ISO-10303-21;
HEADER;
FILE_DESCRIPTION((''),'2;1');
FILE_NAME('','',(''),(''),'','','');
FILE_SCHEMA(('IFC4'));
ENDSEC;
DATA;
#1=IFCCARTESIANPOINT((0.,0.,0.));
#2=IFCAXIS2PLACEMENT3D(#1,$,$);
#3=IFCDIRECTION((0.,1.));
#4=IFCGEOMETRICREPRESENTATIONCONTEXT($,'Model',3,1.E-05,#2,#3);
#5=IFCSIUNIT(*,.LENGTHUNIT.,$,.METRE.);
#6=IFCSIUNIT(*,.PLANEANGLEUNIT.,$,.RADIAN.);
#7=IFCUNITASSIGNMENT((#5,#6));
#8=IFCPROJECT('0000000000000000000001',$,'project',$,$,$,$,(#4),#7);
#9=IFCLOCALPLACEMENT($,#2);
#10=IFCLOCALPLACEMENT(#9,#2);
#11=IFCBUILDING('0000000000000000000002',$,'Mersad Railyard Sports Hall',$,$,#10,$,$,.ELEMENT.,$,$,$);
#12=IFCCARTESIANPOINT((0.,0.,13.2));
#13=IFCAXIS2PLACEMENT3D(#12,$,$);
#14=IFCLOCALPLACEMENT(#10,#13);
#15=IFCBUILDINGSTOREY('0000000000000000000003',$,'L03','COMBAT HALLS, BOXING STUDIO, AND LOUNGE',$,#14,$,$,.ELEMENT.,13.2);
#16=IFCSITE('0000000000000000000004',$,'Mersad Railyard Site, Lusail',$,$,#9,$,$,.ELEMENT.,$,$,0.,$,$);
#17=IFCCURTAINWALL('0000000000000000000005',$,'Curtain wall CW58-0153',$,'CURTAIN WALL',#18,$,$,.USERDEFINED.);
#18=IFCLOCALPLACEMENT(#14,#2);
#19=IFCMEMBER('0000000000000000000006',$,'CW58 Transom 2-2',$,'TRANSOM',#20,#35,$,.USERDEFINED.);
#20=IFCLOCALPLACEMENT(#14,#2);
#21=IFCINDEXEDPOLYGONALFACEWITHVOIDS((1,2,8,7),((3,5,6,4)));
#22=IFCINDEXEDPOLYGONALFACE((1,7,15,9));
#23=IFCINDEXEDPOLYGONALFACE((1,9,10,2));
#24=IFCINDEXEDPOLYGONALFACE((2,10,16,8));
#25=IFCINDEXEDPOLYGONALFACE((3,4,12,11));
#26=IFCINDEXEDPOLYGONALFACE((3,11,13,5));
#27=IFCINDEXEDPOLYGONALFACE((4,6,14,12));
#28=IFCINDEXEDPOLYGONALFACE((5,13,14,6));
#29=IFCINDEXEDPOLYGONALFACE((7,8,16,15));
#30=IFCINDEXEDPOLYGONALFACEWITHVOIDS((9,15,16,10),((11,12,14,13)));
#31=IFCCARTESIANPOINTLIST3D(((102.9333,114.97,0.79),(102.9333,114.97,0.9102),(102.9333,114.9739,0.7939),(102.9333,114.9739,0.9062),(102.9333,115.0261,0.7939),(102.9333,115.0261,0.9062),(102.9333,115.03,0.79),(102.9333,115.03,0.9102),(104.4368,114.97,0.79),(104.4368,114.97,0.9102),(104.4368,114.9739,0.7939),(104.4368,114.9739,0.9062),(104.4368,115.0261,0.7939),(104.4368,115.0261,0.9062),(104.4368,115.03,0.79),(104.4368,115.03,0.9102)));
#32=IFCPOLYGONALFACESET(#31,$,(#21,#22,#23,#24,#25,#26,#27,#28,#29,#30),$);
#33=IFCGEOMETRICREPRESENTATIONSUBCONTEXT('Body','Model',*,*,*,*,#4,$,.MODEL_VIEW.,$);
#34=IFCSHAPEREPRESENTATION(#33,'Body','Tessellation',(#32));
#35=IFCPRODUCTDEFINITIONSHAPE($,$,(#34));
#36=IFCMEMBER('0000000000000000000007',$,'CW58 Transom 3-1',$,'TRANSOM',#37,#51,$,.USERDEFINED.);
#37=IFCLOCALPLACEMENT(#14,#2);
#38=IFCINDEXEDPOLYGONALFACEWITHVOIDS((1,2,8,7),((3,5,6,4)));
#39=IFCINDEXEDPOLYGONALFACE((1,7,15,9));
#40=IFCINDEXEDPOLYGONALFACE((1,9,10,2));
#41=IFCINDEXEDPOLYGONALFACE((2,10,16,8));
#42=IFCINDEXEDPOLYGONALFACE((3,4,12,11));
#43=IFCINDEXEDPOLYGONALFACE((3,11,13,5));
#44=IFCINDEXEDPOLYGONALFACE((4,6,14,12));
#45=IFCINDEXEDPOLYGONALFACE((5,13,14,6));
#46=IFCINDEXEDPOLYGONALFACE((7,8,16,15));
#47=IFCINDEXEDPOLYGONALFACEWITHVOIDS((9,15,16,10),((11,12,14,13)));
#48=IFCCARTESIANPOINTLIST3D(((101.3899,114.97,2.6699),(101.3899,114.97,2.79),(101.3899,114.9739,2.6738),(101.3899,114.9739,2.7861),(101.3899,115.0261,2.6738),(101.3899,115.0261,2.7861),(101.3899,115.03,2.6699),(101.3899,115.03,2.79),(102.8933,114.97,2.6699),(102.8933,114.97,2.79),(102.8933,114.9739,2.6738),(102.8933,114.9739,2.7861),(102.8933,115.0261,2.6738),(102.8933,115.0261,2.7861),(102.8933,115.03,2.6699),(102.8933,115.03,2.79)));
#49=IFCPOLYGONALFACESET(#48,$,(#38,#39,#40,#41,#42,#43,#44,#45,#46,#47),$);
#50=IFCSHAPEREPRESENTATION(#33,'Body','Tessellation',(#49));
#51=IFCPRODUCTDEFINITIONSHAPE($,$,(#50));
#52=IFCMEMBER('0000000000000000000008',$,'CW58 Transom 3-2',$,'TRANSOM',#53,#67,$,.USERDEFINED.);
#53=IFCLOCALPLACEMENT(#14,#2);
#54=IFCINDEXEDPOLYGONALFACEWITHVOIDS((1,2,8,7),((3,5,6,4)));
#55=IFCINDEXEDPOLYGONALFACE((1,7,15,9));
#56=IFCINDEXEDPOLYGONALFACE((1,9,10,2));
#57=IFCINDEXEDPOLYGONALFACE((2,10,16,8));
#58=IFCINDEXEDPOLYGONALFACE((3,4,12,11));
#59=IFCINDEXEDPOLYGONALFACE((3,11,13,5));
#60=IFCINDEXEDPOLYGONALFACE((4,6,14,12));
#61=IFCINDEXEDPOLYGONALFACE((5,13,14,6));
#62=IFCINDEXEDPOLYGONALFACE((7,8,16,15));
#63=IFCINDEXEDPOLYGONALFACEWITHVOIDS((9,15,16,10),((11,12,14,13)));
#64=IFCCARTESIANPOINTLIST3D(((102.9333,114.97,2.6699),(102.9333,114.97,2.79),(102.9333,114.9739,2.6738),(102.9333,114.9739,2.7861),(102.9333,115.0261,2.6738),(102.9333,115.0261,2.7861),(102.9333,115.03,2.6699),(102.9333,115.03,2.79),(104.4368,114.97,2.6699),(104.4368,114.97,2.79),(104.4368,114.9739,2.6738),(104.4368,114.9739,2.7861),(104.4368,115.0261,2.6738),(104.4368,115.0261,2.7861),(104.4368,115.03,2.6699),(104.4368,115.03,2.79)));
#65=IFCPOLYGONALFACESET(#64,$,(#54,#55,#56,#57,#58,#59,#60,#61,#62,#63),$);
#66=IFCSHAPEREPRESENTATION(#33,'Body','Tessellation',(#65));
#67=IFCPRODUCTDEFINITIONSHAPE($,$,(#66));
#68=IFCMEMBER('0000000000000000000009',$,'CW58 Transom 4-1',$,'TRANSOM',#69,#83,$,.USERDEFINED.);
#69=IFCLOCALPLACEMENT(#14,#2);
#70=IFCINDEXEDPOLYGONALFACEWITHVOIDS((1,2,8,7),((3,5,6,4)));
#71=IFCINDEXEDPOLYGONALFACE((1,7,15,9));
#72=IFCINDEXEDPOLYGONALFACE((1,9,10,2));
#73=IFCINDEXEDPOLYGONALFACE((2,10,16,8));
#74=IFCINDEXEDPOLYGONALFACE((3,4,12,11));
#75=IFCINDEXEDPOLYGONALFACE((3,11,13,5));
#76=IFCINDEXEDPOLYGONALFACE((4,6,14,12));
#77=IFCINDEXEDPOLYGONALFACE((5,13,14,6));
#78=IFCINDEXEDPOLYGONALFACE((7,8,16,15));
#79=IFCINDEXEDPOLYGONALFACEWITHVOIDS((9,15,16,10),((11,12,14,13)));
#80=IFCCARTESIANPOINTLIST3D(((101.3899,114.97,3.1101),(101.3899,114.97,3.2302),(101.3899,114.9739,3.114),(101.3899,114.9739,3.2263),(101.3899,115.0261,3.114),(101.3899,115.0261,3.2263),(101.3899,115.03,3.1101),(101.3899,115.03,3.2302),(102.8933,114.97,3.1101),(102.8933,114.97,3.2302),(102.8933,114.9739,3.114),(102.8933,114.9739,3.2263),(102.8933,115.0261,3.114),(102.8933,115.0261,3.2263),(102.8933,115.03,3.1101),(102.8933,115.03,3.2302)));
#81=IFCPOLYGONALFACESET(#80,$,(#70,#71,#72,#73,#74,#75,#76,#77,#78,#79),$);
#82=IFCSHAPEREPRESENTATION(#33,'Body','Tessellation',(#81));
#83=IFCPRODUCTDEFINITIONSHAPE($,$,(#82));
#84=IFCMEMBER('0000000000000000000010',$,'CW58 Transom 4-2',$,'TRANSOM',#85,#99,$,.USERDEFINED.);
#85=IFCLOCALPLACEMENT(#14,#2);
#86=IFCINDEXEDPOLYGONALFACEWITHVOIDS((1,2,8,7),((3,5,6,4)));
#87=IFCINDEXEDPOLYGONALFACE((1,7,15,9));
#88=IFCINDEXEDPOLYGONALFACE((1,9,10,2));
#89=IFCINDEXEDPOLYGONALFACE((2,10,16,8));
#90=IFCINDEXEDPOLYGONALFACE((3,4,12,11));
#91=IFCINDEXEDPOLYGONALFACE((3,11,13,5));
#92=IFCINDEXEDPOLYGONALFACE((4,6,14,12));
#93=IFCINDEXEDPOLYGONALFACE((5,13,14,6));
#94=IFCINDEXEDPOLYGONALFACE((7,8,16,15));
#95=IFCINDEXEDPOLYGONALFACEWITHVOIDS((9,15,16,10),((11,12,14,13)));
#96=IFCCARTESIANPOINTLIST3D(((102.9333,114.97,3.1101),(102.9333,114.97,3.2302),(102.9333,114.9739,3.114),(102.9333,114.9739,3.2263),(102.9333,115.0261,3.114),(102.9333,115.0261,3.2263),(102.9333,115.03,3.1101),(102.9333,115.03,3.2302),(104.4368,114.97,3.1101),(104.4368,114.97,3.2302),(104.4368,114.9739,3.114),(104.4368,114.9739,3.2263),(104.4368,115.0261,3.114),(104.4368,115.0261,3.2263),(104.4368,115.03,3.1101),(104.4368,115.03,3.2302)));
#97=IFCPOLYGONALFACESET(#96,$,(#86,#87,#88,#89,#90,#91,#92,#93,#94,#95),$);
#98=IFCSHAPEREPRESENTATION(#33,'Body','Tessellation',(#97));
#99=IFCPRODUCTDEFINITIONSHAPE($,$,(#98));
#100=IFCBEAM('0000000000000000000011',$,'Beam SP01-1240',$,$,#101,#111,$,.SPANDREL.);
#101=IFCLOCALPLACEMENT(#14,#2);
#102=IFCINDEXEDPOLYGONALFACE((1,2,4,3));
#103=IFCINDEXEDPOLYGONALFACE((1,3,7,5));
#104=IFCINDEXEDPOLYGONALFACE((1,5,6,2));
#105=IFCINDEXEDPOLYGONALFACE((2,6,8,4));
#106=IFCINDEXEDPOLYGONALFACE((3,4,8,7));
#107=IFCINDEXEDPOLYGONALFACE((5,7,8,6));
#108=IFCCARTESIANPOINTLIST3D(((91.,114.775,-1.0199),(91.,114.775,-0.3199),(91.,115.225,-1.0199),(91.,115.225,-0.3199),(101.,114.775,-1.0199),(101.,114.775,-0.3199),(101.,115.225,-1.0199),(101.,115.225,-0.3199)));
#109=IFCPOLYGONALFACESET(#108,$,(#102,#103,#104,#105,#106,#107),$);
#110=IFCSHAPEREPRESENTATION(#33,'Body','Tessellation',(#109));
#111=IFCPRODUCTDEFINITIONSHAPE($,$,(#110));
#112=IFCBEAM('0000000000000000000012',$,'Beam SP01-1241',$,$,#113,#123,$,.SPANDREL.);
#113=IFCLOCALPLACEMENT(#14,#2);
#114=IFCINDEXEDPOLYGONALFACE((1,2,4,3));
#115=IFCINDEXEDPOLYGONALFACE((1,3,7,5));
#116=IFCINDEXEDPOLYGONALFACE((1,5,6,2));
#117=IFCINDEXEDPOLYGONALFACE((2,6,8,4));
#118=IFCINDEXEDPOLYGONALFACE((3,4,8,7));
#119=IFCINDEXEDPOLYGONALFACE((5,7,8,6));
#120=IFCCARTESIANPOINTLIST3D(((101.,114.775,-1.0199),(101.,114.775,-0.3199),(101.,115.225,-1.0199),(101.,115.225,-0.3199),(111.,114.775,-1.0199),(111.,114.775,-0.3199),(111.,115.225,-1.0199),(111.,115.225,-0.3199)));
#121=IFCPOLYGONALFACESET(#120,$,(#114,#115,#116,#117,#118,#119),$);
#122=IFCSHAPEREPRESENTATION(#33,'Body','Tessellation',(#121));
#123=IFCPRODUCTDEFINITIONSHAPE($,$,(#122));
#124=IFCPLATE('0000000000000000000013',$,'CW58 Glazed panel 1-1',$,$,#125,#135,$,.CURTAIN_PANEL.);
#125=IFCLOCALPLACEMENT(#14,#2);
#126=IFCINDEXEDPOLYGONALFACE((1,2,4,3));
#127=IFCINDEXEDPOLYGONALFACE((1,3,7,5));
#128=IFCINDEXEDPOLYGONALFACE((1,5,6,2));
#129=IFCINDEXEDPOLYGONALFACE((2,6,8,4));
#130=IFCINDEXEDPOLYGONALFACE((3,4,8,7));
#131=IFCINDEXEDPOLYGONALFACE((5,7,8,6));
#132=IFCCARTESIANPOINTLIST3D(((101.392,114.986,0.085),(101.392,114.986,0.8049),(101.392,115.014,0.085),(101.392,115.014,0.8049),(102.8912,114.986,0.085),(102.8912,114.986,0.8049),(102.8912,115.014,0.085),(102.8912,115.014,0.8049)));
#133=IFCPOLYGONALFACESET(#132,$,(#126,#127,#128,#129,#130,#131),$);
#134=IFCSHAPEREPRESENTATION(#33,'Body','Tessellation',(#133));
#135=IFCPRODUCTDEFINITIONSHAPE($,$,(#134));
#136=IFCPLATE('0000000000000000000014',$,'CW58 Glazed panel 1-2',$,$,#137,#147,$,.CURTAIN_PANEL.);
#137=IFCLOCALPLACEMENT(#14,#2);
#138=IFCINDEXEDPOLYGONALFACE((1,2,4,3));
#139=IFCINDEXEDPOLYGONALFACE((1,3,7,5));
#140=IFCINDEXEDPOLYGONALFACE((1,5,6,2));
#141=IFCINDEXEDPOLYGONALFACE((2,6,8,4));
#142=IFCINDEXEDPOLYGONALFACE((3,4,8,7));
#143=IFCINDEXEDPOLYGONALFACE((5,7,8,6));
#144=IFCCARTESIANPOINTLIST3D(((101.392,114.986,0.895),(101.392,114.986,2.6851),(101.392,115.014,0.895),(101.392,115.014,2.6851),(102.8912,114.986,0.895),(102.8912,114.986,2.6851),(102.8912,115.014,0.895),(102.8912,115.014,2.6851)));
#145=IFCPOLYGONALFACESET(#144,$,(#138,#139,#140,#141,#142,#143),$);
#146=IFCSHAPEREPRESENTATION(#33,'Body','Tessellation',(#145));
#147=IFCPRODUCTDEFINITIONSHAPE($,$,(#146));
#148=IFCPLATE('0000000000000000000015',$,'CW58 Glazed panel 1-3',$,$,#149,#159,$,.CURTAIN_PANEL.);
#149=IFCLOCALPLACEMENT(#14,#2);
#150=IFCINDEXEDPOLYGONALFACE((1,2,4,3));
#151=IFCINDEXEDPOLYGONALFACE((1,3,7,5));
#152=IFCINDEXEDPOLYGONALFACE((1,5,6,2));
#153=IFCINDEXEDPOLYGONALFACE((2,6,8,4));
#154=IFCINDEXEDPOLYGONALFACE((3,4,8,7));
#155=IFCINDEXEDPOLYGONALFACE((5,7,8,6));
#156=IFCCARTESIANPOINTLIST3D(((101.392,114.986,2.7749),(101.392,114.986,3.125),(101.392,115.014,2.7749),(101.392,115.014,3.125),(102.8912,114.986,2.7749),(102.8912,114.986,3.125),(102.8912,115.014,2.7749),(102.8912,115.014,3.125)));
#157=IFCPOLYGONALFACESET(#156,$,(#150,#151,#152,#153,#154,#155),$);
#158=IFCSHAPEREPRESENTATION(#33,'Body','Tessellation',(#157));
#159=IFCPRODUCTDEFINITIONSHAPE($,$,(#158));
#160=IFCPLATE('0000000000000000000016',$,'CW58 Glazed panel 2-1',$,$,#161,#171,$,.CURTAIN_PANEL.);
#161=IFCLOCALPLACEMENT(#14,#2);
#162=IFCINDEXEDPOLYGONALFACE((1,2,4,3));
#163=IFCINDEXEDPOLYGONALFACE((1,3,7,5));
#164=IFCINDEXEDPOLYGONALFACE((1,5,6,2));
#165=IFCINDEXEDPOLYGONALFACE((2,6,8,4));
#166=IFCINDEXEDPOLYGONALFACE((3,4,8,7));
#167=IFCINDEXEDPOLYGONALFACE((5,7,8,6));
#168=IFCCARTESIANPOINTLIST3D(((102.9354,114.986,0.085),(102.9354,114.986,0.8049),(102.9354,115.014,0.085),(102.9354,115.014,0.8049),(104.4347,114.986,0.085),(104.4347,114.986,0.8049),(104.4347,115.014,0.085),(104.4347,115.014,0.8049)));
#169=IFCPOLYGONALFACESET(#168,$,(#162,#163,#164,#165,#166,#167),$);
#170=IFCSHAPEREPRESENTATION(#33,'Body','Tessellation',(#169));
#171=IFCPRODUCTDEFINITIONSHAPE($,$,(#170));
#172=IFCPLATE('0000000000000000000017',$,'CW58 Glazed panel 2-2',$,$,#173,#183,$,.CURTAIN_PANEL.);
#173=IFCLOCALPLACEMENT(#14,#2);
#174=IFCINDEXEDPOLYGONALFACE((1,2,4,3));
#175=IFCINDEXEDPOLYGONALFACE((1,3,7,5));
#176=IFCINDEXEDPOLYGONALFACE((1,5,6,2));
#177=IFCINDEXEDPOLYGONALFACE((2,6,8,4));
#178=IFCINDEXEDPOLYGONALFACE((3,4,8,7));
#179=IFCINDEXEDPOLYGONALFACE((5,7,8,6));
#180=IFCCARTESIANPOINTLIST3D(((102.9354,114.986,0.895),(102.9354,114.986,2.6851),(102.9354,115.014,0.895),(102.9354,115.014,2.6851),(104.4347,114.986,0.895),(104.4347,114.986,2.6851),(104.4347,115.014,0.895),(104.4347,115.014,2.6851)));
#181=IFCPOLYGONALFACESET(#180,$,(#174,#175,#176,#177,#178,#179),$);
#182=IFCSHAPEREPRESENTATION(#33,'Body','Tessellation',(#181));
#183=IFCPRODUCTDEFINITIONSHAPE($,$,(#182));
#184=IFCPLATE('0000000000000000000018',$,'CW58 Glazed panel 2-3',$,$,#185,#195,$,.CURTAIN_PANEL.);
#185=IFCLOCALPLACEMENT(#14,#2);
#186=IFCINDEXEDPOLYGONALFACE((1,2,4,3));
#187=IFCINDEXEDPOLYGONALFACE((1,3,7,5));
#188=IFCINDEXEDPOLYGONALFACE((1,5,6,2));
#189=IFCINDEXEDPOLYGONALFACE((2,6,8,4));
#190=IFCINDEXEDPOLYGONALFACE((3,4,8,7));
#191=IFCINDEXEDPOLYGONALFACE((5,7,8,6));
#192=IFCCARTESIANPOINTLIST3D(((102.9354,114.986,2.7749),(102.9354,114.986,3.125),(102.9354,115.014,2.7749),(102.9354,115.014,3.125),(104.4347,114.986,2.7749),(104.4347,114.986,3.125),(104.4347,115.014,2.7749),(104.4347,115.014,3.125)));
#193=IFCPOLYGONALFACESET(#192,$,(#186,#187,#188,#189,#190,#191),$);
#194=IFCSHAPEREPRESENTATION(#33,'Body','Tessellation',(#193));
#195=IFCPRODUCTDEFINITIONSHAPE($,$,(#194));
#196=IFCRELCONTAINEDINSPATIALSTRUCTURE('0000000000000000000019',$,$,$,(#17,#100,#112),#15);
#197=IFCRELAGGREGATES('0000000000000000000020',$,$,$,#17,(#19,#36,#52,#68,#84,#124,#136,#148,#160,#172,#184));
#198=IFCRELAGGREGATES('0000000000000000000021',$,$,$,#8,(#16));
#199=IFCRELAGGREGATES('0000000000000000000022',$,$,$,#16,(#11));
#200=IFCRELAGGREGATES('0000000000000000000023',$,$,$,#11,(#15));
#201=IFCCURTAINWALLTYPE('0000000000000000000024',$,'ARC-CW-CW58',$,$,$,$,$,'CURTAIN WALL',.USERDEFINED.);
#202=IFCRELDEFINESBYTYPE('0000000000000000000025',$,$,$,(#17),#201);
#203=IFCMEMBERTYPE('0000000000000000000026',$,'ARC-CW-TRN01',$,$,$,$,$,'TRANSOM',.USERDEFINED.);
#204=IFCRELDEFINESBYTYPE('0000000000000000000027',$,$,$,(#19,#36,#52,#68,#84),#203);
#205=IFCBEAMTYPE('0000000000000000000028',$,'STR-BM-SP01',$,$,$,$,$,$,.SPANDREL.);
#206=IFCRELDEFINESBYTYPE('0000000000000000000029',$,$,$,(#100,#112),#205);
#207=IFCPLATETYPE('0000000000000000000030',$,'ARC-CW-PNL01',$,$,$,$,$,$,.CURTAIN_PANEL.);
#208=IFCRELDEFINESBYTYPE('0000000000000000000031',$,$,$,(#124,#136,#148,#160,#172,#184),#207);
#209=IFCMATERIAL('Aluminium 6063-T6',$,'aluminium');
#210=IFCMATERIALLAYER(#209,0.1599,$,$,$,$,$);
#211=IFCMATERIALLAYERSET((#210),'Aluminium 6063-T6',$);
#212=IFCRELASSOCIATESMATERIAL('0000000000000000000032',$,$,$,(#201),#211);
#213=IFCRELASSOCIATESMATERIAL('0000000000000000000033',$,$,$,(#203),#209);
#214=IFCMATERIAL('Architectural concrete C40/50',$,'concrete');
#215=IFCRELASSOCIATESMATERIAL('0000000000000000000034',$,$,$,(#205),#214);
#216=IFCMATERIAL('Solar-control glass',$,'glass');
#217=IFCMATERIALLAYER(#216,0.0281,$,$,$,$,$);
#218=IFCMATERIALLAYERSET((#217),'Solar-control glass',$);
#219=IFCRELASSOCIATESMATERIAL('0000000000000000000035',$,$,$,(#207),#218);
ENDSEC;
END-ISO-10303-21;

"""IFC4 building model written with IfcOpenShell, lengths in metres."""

from ifc_helpers import new_model, si_unit, direction, frame, origin, origin_2d, place, context, subcontext, project, spatial, rectangle, hollow_rectangle, extrude, material, layer, layer_set, material_profile, profile_set, type_object, element, aggregate, save


model = new_model("IFC4")

# Units and contexts
model_context = context("Model", 3, precision=1e-05, world=origin(), true_north=direction((0.0, 1.0)))
body_context = subcontext(model_context, "Body", "Model", "MODEL_VIEW")
ifc_project = project(units=[si_unit("LENGTHUNIT", "METRE"), si_unit("PLANEANGLEUNIT", "RADIAN")], contexts=[model_context])

# Site, building, storey
site_placement = place(None, origin())
site = spatial("IfcSite", under=ifc_project, at=site_placement, Name="Mersad Railyard Site, Lusail", CompositionType="ELEMENT", RefElevation=0.0)
building_placement = place(site_placement, origin())
building = spatial("IfcBuilding", under=site, at=building_placement, Name="Mersad Railyard Sports Hall", CompositionType="ELEMENT")
storey_placement = place(building_placement, frame((0.0, 0.0, 13.2)))
storey = spatial("IfcBuildingStorey", under=building, at=storey_placement, Name="L03", Description="COMBAT HALLS, BOXING STUDIO, AND LOUNGE", CompositionType="ELEMENT", Elevation=13.2)

# Shared definitions
ifc_material_1 = material(Name="Architectural concrete C40/50", Category="concrete")

# Curtain wall, members
ifc_material_2 = material(Name="Aluminium 6063-T6", Category="aluminium")
ifc_layer_1 = layer(ifc_material_2, 0.1599)
ifc_layer_set_1 = layer_set([ifc_layer_1], Name="Aluminium 6063-T6")
curtain_wall_type = type_object("IfcCurtainWallType", Name="ARC-CW-CW58", ElementType="CURTAIN WALL", PredefinedType="USERDEFINED", material=ifc_layer_set_1)
curtain_wall_placement = place(storey_placement, origin())
curtain_wall = element("IfcCurtainWall", 1, at=curtain_wall_placement, inside=storey, type_object=curtain_wall_type, Name="Curtain wall CW58-0153", ObjectType="CURTAIN WALL", PredefinedType="USERDEFINED")
ifc_material_profile_1 = material_profile(ifc_material_2, hollow_rectangle(XDim=0.0601, YDim=0.1201, WallThickness=0.0039, at=origin_2d()), Name="AL TRANSOM 60x120x4")
ifc_profile_set_1 = profile_set([ifc_material_profile_1], Name="Aluminium 6063-T6")
member_type_1 = type_object("IfcMemberType", Name="ARC-CW-TRN01", ElementType="TRANSOM", PredefinedType="USERDEFINED", material=ifc_profile_set_1)
member_1_placement = place(storey_placement, frame((102.9333, 115.0, 0.8501), z_axis=(1.0, 0.0, 0.0), x_axis=(0.0, 1.0, 0.0)))
member_1 = element("IfcMember", 2, at=member_1_placement, type_object=member_type_1, Name="CW58 Transom 2-2", ObjectType="TRANSOM", PredefinedType="USERDEFINED", context=body_context, shape_type="SweptSolid", body=[
    extrude(hollow_rectangle(XDim=0.0601, YDim=0.1201, WallThickness=0.0039, at=origin_2d()), origin(), (0.0, 0.0, 1.0), 1.5034),
])
member_2_placement = place(storey_placement, frame((101.3899, 115.0, 2.73), z_axis=(1.0, 0.0, 0.0), x_axis=(0.0, 1.0, 0.0)))
member_2 = element("IfcMember", 3, at=member_2_placement, type_object=member_type_1, Name="CW58 Transom 3-1", ObjectType="TRANSOM", PredefinedType="USERDEFINED", context=body_context, shape_type="SweptSolid", body=[
    extrude(hollow_rectangle(XDim=0.0601, YDim=0.1201, WallThickness=0.0039, at=origin_2d()), origin(), (0.0, 0.0, 1.0), 1.5034),
])
member_3_placement = place(storey_placement, frame((102.9333, 115.0, 2.73), z_axis=(1.0, 0.0, 0.0), x_axis=(0.0, 1.0, 0.0)))
member_3 = element("IfcMember", 4, at=member_3_placement, type_object=member_type_1, Name="CW58 Transom 3-2", ObjectType="TRANSOM", PredefinedType="USERDEFINED", context=body_context, shape_type="SweptSolid", body=[
    extrude(hollow_rectangle(XDim=0.0601, YDim=0.1201, WallThickness=0.0039, at=origin_2d()), origin(), (0.0, 0.0, 1.0), 1.5034),
])
member_4_placement = place(storey_placement, frame((101.3899, 115.0, 3.1702), z_axis=(1.0, 0.0, 0.0), x_axis=(0.0, 1.0, 0.0)))
member_4 = element("IfcMember", 5, at=member_4_placement, type_object=member_type_1, Name="CW58 Transom 4-1", ObjectType="TRANSOM", PredefinedType="USERDEFINED", context=body_context, shape_type="SweptSolid", body=[
    extrude(hollow_rectangle(XDim=0.0601, YDim=0.1201, WallThickness=0.0039, at=origin_2d()), origin(), (0.0, 0.0, 1.0), 1.5034),
])
member_5_placement = place(storey_placement, frame((102.9333, 115.0, 3.1702), z_axis=(1.0, 0.0, 0.0), x_axis=(0.0, 1.0, 0.0)))
member_5 = element("IfcMember", 6, at=member_5_placement, type_object=member_type_1, Name="CW58 Transom 4-2", ObjectType="TRANSOM", PredefinedType="USERDEFINED", context=body_context, shape_type="SweptSolid", body=[
    extrude(hollow_rectangle(XDim=0.0601, YDim=0.1201, WallThickness=0.0039, at=origin_2d()), origin(), (0.0, 0.0, 1.0), 1.5034),
])

# Beams
ifc_material_profile_2 = material_profile(ifc_material_1, rectangle(XDim=0.45, YDim=0.7, at=origin_2d()), Name="RC 450x700")
ifc_profile_set_2 = profile_set([ifc_material_profile_2], Name="Architectural concrete C40/50")
beam_type = type_object("IfcBeamType", Name="STR-BM-SP01", PredefinedType="SPANDREL", material=ifc_profile_set_2)
for number, where, z_axis, x_axis, name in (
    (7, (91.0, 115.0, -0.6699), (1.0, 0.0, 0.0), (0.0, 1.0, 0.0), "Beam SP01-1240"),
    (8, (101.0, 115.0, -0.6699), (1.0, 0.0, 0.0), (0.0, 1.0, 0.0), "Beam SP01-1241"),
):
    element("IfcBeam", number, at=place(storey_placement, frame(where, z_axis=z_axis, x_axis=x_axis)), inside=storey, type_object=beam_type, Name=name, PredefinedType="SPANDREL", context=body_context, shape_type="SweptSolid", body=[
        extrude(rectangle(XDim=0.45, YDim=0.7, at=origin_2d()), origin(), (0.0, 0.0, 1.0), 10.0),
    ])

# Plates
ifc_material_3 = material(Name="Solar-control glass", Category="glass")
ifc_layer_2 = layer(ifc_material_3, 0.0281)
ifc_layer_set_2 = layer_set([ifc_layer_2], Name="Solar-control glass")
plate_type = type_object("IfcPlateType", Name="ARC-CW-PNL01", PredefinedType="CURTAIN_PANEL", material=ifc_layer_set_2)
plate_1_placement = place(storey_placement, frame((102.1416, 115.0, 0.085), z_axis=(0.0, 0.0, 1.0), x_axis=(1.0, 0.0, 0.0)))
plate_1 = element("IfcPlate", 9, at=plate_1_placement, type_object=plate_type, Name="CW58 Glazed panel 1-1", PredefinedType="CURTAIN_PANEL", context=body_context, shape_type="SweptSolid", body=[
    extrude(rectangle(XDim=1.4993, YDim=0.0281, at=origin_2d()), origin(), (0.0, 0.0, 1.0), 0.72),
])
plate_2_placement = place(storey_placement, frame((102.1416, 115.0, 0.895), z_axis=(0.0, 0.0, 1.0), x_axis=(1.0, 0.0, 0.0)))
plate_2 = element("IfcPlate", 10, at=plate_2_placement, type_object=plate_type, Name="CW58 Glazed panel 1-2", PredefinedType="CURTAIN_PANEL", context=body_context, shape_type="SweptSolid", body=[
    extrude(rectangle(XDim=1.4993, YDim=0.0281, at=origin_2d()), origin(), (0.0, 0.0, 1.0), 1.79),
])
plate_3_placement = place(storey_placement, frame((102.1416, 115.0, 2.7749), z_axis=(0.0, 0.0, 1.0), x_axis=(1.0, 0.0, 0.0)))
plate_3 = element("IfcPlate", 11, at=plate_3_placement, type_object=plate_type, Name="CW58 Glazed panel 1-3", PredefinedType="CURTAIN_PANEL", context=body_context, shape_type="SweptSolid", body=[
    extrude(rectangle(XDim=1.4993, YDim=0.0281, at=origin_2d()), origin(), (0.0, 0.0, 1.0), 0.3501),
])
plate_4_placement = place(storey_placement, frame((103.6851, 115.0, 0.085), z_axis=(0.0, 0.0, 1.0), x_axis=(1.0, 0.0, 0.0)))
plate_4 = element("IfcPlate", 12, at=plate_4_placement, type_object=plate_type, Name="CW58 Glazed panel 2-1", PredefinedType="CURTAIN_PANEL", context=body_context, shape_type="SweptSolid", body=[
    extrude(rectangle(XDim=1.4993, YDim=0.0281, at=origin_2d()), origin(), (0.0, 0.0, 1.0), 0.72),
])
plate_5_placement = place(storey_placement, frame((103.6851, 115.0, 0.895), z_axis=(0.0, 0.0, 1.0), x_axis=(1.0, 0.0, 0.0)))
plate_5 = element("IfcPlate", 13, at=plate_5_placement, type_object=plate_type, Name="CW58 Glazed panel 2-2", PredefinedType="CURTAIN_PANEL", context=body_context, shape_type="SweptSolid", body=[
    extrude(rectangle(XDim=1.4993, YDim=0.0281, at=origin_2d()), origin(), (0.0, 0.0, 1.0), 1.79),
])
plate_6_placement = place(storey_placement, frame((103.6851, 115.0, 2.7749), z_axis=(0.0, 0.0, 1.0), x_axis=(1.0, 0.0, 0.0)))
plate_6 = element("IfcPlate", 14, at=plate_6_placement, type_object=plate_type, Name="CW58 Glazed panel 2-3", PredefinedType="CURTAIN_PANEL", context=body_context, shape_type="SweptSolid", body=[
    extrude(rectangle(XDim=1.4993, YDim=0.0281, at=origin_2d()), origin(), (0.0, 0.0, 1.0), 0.3501),
])
aggregate(curtain_wall, [member_1, member_2, member_3, member_4, member_5, plate_1, plate_2, plate_3, plate_4, plate_5, plate_6])

save(model, "model.ifc")
